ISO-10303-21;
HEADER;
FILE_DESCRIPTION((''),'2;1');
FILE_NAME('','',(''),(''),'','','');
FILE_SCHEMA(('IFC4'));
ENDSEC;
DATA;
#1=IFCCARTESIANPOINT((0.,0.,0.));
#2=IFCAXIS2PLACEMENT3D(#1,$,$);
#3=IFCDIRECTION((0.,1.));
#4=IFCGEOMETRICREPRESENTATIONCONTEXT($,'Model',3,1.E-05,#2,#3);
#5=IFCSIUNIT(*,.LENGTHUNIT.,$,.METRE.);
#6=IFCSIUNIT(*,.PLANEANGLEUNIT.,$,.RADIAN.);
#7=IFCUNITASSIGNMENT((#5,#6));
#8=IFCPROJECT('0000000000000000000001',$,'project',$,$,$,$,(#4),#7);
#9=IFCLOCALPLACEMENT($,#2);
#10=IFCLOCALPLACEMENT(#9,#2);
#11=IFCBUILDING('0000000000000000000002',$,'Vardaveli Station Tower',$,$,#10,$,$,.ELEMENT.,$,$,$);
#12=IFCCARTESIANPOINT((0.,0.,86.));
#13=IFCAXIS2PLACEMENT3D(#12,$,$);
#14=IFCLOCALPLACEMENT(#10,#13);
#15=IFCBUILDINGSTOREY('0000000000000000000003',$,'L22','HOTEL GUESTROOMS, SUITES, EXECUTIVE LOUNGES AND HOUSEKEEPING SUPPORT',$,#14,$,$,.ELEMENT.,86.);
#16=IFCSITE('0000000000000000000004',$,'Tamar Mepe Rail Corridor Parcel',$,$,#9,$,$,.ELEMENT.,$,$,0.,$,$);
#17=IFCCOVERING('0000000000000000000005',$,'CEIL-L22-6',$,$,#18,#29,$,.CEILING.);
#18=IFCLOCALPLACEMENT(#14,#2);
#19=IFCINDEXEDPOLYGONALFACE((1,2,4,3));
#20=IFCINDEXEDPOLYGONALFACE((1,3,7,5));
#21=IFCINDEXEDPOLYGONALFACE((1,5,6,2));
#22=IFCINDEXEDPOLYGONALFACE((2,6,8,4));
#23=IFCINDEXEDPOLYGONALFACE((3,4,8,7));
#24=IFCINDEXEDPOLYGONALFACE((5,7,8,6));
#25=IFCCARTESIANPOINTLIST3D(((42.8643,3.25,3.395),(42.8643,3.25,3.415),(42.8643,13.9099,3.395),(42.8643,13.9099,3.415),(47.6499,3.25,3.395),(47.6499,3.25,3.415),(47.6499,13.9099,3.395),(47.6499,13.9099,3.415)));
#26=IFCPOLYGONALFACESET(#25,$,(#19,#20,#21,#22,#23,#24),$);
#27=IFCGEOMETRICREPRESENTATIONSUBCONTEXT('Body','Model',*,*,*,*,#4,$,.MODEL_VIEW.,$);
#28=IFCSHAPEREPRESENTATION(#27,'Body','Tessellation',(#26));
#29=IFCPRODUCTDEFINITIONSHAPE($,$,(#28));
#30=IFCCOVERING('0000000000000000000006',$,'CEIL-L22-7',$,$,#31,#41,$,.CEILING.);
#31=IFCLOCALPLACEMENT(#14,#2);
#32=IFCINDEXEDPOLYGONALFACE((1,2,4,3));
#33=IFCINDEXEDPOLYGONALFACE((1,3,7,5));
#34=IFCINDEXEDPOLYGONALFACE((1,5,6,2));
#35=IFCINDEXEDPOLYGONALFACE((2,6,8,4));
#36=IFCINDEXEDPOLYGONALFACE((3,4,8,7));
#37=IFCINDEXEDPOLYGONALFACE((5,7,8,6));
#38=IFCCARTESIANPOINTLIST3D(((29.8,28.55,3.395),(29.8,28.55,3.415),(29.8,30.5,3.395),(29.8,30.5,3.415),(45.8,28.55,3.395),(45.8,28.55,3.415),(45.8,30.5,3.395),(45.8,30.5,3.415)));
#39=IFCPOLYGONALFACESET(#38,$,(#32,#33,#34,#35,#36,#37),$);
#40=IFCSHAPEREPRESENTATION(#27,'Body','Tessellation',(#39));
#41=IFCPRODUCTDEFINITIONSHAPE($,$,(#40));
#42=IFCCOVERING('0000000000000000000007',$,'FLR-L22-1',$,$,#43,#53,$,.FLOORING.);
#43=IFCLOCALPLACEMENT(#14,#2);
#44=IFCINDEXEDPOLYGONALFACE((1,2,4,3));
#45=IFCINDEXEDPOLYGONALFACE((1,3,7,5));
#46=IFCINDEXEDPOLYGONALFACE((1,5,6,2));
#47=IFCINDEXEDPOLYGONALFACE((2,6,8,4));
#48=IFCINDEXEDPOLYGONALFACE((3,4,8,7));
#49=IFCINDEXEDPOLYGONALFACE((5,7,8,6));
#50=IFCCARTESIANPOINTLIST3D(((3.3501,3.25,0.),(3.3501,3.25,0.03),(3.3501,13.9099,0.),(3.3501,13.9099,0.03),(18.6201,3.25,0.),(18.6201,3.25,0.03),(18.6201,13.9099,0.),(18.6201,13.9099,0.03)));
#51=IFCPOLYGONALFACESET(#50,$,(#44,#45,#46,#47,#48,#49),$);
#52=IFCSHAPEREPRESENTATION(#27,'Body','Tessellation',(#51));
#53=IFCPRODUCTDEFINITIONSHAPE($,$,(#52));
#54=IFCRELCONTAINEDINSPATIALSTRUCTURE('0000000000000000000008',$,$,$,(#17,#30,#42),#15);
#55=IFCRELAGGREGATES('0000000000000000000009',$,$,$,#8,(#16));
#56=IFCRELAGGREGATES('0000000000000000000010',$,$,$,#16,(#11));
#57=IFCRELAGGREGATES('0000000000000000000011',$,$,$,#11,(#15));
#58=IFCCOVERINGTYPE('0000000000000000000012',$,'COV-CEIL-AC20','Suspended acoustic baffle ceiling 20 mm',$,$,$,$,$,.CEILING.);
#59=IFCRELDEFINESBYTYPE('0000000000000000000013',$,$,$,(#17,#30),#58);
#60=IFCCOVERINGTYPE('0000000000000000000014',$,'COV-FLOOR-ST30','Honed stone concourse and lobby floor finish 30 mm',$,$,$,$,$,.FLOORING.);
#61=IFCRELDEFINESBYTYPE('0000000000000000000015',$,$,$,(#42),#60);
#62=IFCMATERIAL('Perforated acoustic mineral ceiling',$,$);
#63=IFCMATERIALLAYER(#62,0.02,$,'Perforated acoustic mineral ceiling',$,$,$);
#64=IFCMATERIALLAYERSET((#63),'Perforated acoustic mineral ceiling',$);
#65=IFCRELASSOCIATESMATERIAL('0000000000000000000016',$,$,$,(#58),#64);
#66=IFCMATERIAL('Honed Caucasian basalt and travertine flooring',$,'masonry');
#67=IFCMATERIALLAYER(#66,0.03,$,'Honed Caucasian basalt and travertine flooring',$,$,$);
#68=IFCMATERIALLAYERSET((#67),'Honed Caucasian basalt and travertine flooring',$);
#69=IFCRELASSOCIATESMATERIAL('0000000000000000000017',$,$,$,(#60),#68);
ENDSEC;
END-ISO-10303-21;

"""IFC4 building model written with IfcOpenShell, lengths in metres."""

from ifc_helpers import new_model, si_unit, direction, frame, origin, place, context, subcontext, project, spatial, polyline, outline, extrude, material, layer, layer_set, type_object, element, save


model = new_model("IFC4")

# Units and contexts
model_context = context("Model", 3, precision=1e-05, world=origin(), true_north=direction((0.0, 1.0)))
body_context = subcontext(model_context, "Body", "Model", "MODEL_VIEW")
ifc_project = project(units=[si_unit("LENGTHUNIT", "METRE"), si_unit("PLANEANGLEUNIT", "RADIAN")], contexts=[model_context])

# Site, building, storey
site_placement = place(None, origin())
site = spatial("IfcSite", under=ifc_project, at=site_placement, Name="Tamar Mepe Rail Corridor Parcel", CompositionType="ELEMENT", RefElevation=0.0)
building_placement = place(site_placement, origin())
building = spatial("IfcBuilding", under=site, at=building_placement, Name="Vardaveli Station Tower", CompositionType="ELEMENT")
storey_placement = place(building_placement, frame((0.0, 0.0, 86.0)))
storey = spatial("IfcBuildingStorey", under=building, at=storey_placement, Name="L22", Description="HOTEL GUESTROOMS, SUITES, EXECUTIVE LOUNGES AND HOUSEKEEPING SUPPORT", CompositionType="ELEMENT", Elevation=86.0)

# Coverings
ifc_material_1 = material(Name="Perforated acoustic mineral ceiling")
ifc_layer_1 = layer(ifc_material_1, 0.02, Name="Perforated acoustic mineral ceiling")
ifc_layer_set_1 = layer_set([ifc_layer_1], Name="Perforated acoustic mineral ceiling")
covering_type_1 = type_object("IfcCoveringType", Name="COV-CEIL-AC20", Description="Suspended acoustic baffle ceiling 20 mm", PredefinedType="CEILING", material=ifc_layer_set_1)
covering_1_placement = place(storey_placement, frame((0.0, 0.0, 3.395)))
element("IfcCovering", 1, at=covering_1_placement, inside=storey, type_object=covering_type_1, Name="CEIL-L22-6", PredefinedType="CEILING", context=body_context, shape_type="SweptSolid", body=[
    extrude(outline(polyline([(42.8643, 3.25), (47.6499, 3.25), (47.6499, 13.9099), (42.8643, 13.9099), (42.8643, 3.25)])), origin(), (0.0, 0.0, 1.0), 0.02),
])
covering_2_placement = place(storey_placement, frame((0.0, 0.0, 3.395)))
element("IfcCovering", 2, at=covering_2_placement, inside=storey, type_object=covering_type_1, Name="CEIL-L22-7", PredefinedType="CEILING", context=body_context, shape_type="SweptSolid", body=[
    extrude(outline(polyline([(29.8, 28.55), (45.8, 28.55), (45.8, 30.5), (29.8, 30.5), (29.8, 28.55)])), origin(), (0.0, 0.0, 1.0), 0.02),
])
ifc_material_2 = material(Name="Honed Caucasian basalt and travertine flooring", Category="masonry")
ifc_layer_2 = layer(ifc_material_2, 0.03, Name="Honed Caucasian basalt and travertine flooring")
ifc_layer_set_2 = layer_set([ifc_layer_2], Name="Honed Caucasian basalt and travertine flooring")
covering_type_2 = type_object("IfcCoveringType", Name="COV-FLOOR-ST30", Description="Honed stone concourse and lobby floor finish 30 mm", PredefinedType="FLOORING", material=ifc_layer_set_2)
covering_3_placement = place(storey_placement, origin())
element("IfcCovering", 3, at=covering_3_placement, inside=storey, type_object=covering_type_2, Name="FLR-L22-1", PredefinedType="FLOORING", context=body_context, shape_type="SweptSolid", body=[
    extrude(outline(polyline([(3.3501, 3.25), (18.6201, 3.25), (18.6201, 13.9099), (3.3501, 13.9099), (3.3501, 3.25)])), origin(), (0.0, 0.0, 1.0), 0.03),
])

save(model, "model.ifc")
